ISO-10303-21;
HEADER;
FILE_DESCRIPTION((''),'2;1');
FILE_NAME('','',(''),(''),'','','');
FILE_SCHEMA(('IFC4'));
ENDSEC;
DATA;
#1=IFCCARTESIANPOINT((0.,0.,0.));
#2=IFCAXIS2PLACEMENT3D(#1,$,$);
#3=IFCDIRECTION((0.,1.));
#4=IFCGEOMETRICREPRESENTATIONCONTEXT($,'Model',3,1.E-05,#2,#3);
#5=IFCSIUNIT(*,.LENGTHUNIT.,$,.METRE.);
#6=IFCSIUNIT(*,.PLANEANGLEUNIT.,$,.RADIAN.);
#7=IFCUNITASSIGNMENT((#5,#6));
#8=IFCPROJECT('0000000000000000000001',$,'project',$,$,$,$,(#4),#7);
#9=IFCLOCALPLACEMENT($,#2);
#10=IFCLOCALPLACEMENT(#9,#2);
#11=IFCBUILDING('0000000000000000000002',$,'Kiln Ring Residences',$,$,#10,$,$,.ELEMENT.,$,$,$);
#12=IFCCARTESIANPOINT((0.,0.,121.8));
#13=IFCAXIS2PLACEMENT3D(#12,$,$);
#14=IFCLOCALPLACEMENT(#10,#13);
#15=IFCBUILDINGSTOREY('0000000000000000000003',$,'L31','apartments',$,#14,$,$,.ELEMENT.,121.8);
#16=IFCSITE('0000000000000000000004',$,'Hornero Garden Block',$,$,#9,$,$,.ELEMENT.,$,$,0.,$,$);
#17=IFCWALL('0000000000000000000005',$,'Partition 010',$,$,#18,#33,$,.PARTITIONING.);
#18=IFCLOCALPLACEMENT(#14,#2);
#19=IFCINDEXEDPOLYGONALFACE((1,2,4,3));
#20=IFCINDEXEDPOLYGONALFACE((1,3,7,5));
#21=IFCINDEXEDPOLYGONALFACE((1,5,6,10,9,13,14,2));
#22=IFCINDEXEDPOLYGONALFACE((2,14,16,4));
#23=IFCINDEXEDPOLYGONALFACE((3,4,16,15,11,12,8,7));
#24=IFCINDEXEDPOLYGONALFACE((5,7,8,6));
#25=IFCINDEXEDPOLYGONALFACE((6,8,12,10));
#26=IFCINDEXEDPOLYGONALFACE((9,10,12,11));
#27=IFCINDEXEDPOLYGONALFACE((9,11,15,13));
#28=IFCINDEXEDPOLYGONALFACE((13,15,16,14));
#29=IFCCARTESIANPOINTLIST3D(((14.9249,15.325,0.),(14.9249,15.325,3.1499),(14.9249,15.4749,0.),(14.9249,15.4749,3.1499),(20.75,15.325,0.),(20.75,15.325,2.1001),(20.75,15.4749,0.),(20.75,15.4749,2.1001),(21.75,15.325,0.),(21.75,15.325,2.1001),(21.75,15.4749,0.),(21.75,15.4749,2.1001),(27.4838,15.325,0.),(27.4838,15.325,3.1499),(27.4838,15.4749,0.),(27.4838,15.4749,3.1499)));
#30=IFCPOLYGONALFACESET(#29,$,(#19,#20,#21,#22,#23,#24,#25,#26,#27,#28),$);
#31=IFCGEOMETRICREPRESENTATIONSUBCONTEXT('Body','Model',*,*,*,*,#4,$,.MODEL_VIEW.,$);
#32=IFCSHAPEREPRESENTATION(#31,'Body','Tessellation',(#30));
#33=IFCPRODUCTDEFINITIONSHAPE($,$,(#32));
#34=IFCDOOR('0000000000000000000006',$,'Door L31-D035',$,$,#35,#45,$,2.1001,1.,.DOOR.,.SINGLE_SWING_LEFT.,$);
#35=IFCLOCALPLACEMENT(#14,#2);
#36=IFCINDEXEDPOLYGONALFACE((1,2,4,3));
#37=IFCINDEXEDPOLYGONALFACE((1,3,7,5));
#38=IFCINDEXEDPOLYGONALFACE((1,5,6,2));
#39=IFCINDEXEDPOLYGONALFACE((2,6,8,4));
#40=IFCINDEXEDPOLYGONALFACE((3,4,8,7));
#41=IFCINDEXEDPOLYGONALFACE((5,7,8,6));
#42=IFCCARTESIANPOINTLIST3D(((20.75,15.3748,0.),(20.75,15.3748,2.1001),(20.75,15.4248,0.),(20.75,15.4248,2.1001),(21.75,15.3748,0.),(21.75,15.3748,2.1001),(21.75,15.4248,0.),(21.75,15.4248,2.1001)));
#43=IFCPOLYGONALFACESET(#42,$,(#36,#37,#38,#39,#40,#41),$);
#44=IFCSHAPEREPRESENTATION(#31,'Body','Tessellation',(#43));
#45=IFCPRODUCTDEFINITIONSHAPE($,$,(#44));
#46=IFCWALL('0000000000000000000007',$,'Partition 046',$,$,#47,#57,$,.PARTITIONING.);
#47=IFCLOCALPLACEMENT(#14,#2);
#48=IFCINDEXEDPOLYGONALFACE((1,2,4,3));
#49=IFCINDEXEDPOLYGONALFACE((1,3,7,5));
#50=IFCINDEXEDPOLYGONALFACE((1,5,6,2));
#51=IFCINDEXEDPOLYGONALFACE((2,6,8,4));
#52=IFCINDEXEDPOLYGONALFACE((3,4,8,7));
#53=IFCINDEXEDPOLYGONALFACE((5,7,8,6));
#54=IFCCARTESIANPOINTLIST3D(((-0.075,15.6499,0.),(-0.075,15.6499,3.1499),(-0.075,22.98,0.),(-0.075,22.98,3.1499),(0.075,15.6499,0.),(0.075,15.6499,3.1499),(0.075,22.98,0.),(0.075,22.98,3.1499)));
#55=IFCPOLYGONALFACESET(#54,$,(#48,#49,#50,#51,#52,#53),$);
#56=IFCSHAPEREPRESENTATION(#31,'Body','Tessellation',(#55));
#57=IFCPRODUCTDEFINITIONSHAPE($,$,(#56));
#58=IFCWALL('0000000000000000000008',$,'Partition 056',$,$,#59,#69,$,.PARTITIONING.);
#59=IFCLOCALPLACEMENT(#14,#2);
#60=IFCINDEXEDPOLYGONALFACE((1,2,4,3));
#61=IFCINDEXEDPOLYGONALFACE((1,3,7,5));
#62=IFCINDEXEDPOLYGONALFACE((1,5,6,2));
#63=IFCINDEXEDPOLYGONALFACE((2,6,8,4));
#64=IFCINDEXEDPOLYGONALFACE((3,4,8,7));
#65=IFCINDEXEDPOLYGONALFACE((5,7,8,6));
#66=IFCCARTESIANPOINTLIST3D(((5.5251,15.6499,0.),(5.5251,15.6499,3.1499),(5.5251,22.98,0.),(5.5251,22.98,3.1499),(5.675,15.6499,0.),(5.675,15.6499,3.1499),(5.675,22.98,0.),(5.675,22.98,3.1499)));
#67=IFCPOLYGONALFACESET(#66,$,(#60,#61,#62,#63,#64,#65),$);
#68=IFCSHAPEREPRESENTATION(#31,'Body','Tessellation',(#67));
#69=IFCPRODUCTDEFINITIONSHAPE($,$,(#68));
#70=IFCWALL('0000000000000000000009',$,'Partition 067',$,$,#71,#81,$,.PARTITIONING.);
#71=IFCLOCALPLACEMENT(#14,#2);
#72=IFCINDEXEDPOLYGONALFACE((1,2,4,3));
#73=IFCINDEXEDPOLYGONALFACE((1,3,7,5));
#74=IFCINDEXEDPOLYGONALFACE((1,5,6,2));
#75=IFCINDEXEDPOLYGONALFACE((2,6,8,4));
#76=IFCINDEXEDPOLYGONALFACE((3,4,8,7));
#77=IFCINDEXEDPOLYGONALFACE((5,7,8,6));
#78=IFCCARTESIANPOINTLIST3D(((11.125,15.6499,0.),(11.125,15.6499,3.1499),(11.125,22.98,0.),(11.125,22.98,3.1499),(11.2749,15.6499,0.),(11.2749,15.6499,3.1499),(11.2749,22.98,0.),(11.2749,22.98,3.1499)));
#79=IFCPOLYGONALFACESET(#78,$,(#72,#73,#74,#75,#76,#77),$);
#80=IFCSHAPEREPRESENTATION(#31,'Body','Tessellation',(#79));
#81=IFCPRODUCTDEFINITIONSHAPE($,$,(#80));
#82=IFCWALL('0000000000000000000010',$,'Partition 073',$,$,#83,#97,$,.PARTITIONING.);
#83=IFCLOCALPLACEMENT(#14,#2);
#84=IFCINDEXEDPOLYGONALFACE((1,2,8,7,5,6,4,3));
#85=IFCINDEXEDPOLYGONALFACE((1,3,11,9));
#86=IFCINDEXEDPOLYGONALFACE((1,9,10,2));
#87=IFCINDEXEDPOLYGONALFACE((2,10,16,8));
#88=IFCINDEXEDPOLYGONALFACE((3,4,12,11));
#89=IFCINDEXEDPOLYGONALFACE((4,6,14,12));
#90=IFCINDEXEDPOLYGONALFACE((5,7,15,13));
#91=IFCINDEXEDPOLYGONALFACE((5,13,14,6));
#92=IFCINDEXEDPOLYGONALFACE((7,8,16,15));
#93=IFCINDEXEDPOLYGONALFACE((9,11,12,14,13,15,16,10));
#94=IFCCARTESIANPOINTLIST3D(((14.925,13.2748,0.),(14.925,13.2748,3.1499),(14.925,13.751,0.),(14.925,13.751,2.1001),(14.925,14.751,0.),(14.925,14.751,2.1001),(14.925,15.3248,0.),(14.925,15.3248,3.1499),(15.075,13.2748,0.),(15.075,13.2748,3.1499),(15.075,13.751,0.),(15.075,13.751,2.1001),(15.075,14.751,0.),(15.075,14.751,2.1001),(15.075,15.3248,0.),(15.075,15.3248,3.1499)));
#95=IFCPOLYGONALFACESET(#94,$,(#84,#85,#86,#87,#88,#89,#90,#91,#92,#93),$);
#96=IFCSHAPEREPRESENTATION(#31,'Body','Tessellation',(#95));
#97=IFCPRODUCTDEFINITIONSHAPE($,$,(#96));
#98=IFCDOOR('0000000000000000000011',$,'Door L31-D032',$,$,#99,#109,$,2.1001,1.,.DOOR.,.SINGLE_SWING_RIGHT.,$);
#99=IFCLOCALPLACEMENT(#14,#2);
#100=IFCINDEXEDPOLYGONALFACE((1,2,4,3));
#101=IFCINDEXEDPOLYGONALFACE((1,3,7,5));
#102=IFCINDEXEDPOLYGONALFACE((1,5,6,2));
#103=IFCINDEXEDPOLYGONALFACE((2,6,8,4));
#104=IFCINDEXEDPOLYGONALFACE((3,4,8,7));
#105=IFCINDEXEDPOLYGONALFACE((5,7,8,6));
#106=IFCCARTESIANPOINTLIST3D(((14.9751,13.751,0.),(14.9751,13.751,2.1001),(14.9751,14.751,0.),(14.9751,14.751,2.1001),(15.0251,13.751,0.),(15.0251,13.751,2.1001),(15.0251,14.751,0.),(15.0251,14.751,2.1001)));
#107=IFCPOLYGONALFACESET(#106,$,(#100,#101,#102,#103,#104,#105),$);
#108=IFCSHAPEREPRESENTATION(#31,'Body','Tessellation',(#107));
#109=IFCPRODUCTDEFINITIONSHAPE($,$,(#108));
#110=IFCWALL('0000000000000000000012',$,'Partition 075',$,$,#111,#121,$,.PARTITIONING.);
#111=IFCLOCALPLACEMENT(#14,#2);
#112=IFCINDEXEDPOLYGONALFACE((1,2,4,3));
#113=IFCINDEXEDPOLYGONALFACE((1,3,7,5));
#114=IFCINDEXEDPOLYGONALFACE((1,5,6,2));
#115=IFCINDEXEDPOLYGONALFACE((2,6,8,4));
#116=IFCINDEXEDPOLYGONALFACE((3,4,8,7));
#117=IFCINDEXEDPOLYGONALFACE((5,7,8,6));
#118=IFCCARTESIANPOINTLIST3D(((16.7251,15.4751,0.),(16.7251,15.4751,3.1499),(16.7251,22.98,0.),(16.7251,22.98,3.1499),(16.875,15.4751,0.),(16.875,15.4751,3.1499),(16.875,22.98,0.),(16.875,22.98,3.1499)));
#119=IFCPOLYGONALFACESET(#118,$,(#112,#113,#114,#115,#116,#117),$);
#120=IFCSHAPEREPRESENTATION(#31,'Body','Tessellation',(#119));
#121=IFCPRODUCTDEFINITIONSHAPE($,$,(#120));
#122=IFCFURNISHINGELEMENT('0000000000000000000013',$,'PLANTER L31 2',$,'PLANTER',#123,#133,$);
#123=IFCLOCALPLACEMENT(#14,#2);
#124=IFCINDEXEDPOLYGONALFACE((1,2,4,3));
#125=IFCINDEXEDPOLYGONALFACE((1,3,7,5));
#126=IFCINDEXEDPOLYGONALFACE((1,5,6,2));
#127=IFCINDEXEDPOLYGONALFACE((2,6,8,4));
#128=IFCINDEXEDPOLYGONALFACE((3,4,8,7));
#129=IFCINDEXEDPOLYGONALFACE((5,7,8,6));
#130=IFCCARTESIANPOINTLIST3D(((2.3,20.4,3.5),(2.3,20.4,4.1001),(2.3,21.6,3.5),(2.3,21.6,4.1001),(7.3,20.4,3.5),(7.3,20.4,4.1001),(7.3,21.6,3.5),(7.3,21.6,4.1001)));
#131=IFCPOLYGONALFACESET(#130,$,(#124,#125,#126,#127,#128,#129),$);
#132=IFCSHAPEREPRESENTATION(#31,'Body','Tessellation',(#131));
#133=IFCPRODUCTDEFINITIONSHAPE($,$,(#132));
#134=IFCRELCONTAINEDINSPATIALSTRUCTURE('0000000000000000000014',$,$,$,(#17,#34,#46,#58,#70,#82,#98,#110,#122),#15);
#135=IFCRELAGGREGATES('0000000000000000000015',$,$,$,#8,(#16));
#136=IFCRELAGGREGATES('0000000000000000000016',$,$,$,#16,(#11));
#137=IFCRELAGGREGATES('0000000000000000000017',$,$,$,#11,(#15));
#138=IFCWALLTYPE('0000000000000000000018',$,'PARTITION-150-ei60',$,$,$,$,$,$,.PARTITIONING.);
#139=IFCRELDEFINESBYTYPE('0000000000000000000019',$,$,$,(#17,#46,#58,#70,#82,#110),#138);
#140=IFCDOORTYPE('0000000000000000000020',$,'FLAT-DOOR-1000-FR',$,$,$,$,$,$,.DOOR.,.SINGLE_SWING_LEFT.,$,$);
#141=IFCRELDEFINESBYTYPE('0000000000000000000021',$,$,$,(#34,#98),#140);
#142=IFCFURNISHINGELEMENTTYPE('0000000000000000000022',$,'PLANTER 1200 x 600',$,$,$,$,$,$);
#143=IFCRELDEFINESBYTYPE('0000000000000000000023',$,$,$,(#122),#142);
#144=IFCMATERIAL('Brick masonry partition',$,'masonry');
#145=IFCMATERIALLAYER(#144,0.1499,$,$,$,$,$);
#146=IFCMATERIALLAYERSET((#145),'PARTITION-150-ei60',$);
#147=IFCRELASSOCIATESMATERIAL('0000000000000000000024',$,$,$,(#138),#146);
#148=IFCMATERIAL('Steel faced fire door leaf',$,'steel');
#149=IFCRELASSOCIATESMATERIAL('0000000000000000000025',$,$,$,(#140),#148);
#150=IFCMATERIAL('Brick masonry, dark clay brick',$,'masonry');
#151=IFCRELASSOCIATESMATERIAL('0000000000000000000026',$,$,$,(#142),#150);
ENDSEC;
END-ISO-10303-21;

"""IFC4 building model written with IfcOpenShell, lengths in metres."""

from ifc_helpers import new_model, si_unit, direction, frame, frame_2d, origin, origin_2d, place, context, subcontext, project, spatial, rectangle, extrude, material, layer, layer_set, type_object, element, fill, save


model = new_model("IFC4")

# Units and contexts
model_context = context("Model", 3, precision=1e-05, world=origin(), true_north=direction((0.0, 1.0)))
body_context = subcontext(model_context, "Body", "Model", "MODEL_VIEW")
ifc_project = project(units=[si_unit("LENGTHUNIT", "METRE"), si_unit("PLANEANGLEUNIT", "RADIAN")], contexts=[model_context])

# Site, building, storey
site_placement = place(None, origin())
site = spatial("IfcSite", under=ifc_project, at=site_placement, Name="Hornero Garden Block", CompositionType="ELEMENT", RefElevation=0.0)
building_placement = place(site_placement, origin())
building = spatial("IfcBuilding", under=site, at=building_placement, Name="Kiln Ring Residences", CompositionType="ELEMENT")
storey_placement = place(building_placement, frame((0.0, 0.0, 121.8)))
storey = spatial("IfcBuildingStorey", under=building, at=storey_placement, Name="L31", Description="apartments", CompositionType="ELEMENT", Elevation=121.8)

# Wall, opening, door
ifc_material_1 = material(Name="Brick masonry partition", Category="masonry")
ifc_layer_1 = layer(ifc_material_1, 0.1499)
ifc_layer_set_1 = layer_set([ifc_layer_1], Name="PARTITION-150-ei60")
wall_type_1 = type_object("IfcWallType", Name="PARTITION-150-ei60", PredefinedType="PARTITIONING", material=ifc_layer_set_1)
wall_1_placement = place(storey_placement, frame((14.925, 15.3999, 0.0), z_axis=(0.0, 0.0, 1.0), x_axis=(1.0, 0.0, 0.0)))
wall_1 = element("IfcWall", 1, at=wall_1_placement, inside=storey, type_object=wall_type_1, Name="Partition 010", PredefinedType="PARTITIONING", context=body_context, shape_type="SweptSolid", body=[
    extrude(rectangle(XDim=12.5588, YDim=0.1499, at=frame_2d((6.2793, 0.0))), origin(), (0.0, 0.0, 1.0), 3.1499),
])
opening_1_placement = place(wall_1_placement, frame((5.825, 0.0, 0.0)))
opening_1 = element("IfcOpeningElement", 2, at=opening_1_placement, cuts=wall_1, PredefinedType="OPENING", context=body_context, shape_type="SweptSolid", body=[
    extrude(rectangle(XDim=1.0, YDim=2.1001, at=frame_2d((0.5, 1.05))), frame((0.0, 0.085, 0.0), z_axis=(0.0, -1.0, 0.0), x_axis=(1.0, 0.0, 0.0)), (0.0, 0.0, 1.0), 0.1699),
])
ifc_material_2 = material(Name="Steel faced fire door leaf", Category="steel")
door_type_1 = type_object("IfcDoorType", Name="FLAT-DOOR-1000-FR", OperationType="SINGLE_SWING_LEFT", PredefinedType="DOOR", material=ifc_material_2)
door_1_placement = place(opening_1_placement, origin())
door_1 = element("IfcDoor", 3, at=door_1_placement, inside=storey, type_object=door_type_1, Name="Door L31-D035", OperationType="SINGLE_SWING_LEFT", OverallHeight=2.1001, OverallWidth=1.0, PredefinedType="DOOR", context=body_context, shape_type="SweptSolid", body=[
    extrude(rectangle(XDim=1.0, YDim=2.1001, at=frame_2d((0.5, 1.05))), frame((0.0, 0.0249, 0.0), z_axis=(0.0, -1.0, 0.0), x_axis=(1.0, 0.0, 0.0)), (0.0, 0.0, 1.0), 0.05),
])
fill(opening_1, door_1)

# Walls
for number, where, z_axis, x_axis, name in (
    (4, (0.0, 15.6499, 0.0), (0.0, 0.0, 1.0), (0.0, 1.0, 0.0), "Partition 046"),
    (5, (5.6001, 15.6499, 0.0), (0.0, 0.0, 1.0), (0.0, 1.0, 0.0), "Partition 056"),
    (6, (11.2, 15.6499, 0.0), (0.0, 0.0, 1.0), (0.0, 1.0, 0.0), "Partition 067"),
):
    element("IfcWall", number, at=place(storey_placement, frame(where, z_axis=z_axis, x_axis=x_axis)), inside=storey, type_object=wall_type_1, Name=name, PredefinedType="PARTITIONING", context=body_context, shape_type="SweptSolid", body=[
        extrude(rectangle(XDim=7.3301, YDim=0.1499, at=frame_2d((3.665, 0.0))), origin(), (0.0, 0.0, 1.0), 3.1499),
    ])

# Wall, opening, door
wall_2_placement = place(storey_placement, frame((15.0, 13.2749, 0.0), z_axis=(0.0, 0.0, 1.0), x_axis=(0.0, 1.0, 0.0)))
wall_2 = element("IfcWall", 7, at=wall_2_placement, inside=storey, type_object=wall_type_1, Name="Partition 073", PredefinedType="PARTITIONING", context=body_context, shape_type="SweptSolid", body=[
    extrude(rectangle(XDim=2.05, YDim=0.1499, at=frame_2d((1.0249, 0.0))), origin(), (0.0, 0.0, 1.0), 3.1499),
])
opening_2_placement = place(wall_2_placement, frame((0.4761, 0.0, 0.0)))
opening_2 = element("IfcOpeningElement", 8, at=opening_2_placement, cuts=wall_2, PredefinedType="OPENING", context=body_context, shape_type="SweptSolid", body=[
    extrude(rectangle(XDim=1.0, YDim=2.1001, at=frame_2d((0.5, 1.05))), frame((0.0, 0.085, 0.0), z_axis=(0.0, -1.0, 0.0), x_axis=(1.0, 0.0, 0.0)), (0.0, 0.0, 1.0), 0.1699),
])
door_2_placement = place(opening_2_placement, origin())
door_2 = element("IfcDoor", 9, at=door_2_placement, inside=storey, type_object=door_type_1, Name="Door L31-D032", OperationType="SINGLE_SWING_RIGHT", OverallHeight=2.1001, OverallWidth=1.0, PredefinedType="DOOR", context=body_context, shape_type="SweptSolid", body=[
    extrude(rectangle(XDim=1.0, YDim=2.1001, at=frame_2d((0.5, 1.05))), frame((0.0, 0.0249, 0.0), z_axis=(0.0, -1.0, 0.0), x_axis=(1.0, 0.0, 0.0)), (0.0, 0.0, 1.0), 0.05),
])
fill(opening_2, door_2)

# Wall
wall_3_placement = place(storey_placement, frame((16.8, 15.4751, 0.0), z_axis=(0.0, 0.0, 1.0), x_axis=(0.0, 1.0, 0.0)))
element("IfcWall", 10, at=wall_3_placement, inside=storey, type_object=wall_type_1, Name="Partition 075", PredefinedType="PARTITIONING", context=body_context, shape_type="SweptSolid", body=[
    extrude(rectangle(XDim=7.5049, YDim=0.1499, at=frame_2d((3.7524, 0.0))), origin(), (0.0, 0.0, 1.0), 3.1499),
])

# Furnishing element
ifc_material_3 = material(Name="Brick masonry, dark clay brick", Category="masonry")
furnishing_element_type = type_object("IfcFurnishingElementType", Name="PLANTER 1200 x 600", material=ifc_material_3)
furnishing_placement = place(storey_placement, frame((4.8, 21.0, 3.5), z_axis=(0.0, 0.0, 1.0), x_axis=(1.0, 0.0, 0.0)))
element("IfcFurnishingElement", 11, at=furnishing_placement, inside=storey, type_object=furnishing_element_type, Name="PLANTER L31 2", ObjectType="PLANTER", context=body_context, shape_type="SweptSolid", body=[
    extrude(rectangle(XDim=5.0, YDim=1.2, at=origin_2d()), origin(), (0.0, 0.0, 1.0), 0.6001),
])

save(model, "model.ifc")
